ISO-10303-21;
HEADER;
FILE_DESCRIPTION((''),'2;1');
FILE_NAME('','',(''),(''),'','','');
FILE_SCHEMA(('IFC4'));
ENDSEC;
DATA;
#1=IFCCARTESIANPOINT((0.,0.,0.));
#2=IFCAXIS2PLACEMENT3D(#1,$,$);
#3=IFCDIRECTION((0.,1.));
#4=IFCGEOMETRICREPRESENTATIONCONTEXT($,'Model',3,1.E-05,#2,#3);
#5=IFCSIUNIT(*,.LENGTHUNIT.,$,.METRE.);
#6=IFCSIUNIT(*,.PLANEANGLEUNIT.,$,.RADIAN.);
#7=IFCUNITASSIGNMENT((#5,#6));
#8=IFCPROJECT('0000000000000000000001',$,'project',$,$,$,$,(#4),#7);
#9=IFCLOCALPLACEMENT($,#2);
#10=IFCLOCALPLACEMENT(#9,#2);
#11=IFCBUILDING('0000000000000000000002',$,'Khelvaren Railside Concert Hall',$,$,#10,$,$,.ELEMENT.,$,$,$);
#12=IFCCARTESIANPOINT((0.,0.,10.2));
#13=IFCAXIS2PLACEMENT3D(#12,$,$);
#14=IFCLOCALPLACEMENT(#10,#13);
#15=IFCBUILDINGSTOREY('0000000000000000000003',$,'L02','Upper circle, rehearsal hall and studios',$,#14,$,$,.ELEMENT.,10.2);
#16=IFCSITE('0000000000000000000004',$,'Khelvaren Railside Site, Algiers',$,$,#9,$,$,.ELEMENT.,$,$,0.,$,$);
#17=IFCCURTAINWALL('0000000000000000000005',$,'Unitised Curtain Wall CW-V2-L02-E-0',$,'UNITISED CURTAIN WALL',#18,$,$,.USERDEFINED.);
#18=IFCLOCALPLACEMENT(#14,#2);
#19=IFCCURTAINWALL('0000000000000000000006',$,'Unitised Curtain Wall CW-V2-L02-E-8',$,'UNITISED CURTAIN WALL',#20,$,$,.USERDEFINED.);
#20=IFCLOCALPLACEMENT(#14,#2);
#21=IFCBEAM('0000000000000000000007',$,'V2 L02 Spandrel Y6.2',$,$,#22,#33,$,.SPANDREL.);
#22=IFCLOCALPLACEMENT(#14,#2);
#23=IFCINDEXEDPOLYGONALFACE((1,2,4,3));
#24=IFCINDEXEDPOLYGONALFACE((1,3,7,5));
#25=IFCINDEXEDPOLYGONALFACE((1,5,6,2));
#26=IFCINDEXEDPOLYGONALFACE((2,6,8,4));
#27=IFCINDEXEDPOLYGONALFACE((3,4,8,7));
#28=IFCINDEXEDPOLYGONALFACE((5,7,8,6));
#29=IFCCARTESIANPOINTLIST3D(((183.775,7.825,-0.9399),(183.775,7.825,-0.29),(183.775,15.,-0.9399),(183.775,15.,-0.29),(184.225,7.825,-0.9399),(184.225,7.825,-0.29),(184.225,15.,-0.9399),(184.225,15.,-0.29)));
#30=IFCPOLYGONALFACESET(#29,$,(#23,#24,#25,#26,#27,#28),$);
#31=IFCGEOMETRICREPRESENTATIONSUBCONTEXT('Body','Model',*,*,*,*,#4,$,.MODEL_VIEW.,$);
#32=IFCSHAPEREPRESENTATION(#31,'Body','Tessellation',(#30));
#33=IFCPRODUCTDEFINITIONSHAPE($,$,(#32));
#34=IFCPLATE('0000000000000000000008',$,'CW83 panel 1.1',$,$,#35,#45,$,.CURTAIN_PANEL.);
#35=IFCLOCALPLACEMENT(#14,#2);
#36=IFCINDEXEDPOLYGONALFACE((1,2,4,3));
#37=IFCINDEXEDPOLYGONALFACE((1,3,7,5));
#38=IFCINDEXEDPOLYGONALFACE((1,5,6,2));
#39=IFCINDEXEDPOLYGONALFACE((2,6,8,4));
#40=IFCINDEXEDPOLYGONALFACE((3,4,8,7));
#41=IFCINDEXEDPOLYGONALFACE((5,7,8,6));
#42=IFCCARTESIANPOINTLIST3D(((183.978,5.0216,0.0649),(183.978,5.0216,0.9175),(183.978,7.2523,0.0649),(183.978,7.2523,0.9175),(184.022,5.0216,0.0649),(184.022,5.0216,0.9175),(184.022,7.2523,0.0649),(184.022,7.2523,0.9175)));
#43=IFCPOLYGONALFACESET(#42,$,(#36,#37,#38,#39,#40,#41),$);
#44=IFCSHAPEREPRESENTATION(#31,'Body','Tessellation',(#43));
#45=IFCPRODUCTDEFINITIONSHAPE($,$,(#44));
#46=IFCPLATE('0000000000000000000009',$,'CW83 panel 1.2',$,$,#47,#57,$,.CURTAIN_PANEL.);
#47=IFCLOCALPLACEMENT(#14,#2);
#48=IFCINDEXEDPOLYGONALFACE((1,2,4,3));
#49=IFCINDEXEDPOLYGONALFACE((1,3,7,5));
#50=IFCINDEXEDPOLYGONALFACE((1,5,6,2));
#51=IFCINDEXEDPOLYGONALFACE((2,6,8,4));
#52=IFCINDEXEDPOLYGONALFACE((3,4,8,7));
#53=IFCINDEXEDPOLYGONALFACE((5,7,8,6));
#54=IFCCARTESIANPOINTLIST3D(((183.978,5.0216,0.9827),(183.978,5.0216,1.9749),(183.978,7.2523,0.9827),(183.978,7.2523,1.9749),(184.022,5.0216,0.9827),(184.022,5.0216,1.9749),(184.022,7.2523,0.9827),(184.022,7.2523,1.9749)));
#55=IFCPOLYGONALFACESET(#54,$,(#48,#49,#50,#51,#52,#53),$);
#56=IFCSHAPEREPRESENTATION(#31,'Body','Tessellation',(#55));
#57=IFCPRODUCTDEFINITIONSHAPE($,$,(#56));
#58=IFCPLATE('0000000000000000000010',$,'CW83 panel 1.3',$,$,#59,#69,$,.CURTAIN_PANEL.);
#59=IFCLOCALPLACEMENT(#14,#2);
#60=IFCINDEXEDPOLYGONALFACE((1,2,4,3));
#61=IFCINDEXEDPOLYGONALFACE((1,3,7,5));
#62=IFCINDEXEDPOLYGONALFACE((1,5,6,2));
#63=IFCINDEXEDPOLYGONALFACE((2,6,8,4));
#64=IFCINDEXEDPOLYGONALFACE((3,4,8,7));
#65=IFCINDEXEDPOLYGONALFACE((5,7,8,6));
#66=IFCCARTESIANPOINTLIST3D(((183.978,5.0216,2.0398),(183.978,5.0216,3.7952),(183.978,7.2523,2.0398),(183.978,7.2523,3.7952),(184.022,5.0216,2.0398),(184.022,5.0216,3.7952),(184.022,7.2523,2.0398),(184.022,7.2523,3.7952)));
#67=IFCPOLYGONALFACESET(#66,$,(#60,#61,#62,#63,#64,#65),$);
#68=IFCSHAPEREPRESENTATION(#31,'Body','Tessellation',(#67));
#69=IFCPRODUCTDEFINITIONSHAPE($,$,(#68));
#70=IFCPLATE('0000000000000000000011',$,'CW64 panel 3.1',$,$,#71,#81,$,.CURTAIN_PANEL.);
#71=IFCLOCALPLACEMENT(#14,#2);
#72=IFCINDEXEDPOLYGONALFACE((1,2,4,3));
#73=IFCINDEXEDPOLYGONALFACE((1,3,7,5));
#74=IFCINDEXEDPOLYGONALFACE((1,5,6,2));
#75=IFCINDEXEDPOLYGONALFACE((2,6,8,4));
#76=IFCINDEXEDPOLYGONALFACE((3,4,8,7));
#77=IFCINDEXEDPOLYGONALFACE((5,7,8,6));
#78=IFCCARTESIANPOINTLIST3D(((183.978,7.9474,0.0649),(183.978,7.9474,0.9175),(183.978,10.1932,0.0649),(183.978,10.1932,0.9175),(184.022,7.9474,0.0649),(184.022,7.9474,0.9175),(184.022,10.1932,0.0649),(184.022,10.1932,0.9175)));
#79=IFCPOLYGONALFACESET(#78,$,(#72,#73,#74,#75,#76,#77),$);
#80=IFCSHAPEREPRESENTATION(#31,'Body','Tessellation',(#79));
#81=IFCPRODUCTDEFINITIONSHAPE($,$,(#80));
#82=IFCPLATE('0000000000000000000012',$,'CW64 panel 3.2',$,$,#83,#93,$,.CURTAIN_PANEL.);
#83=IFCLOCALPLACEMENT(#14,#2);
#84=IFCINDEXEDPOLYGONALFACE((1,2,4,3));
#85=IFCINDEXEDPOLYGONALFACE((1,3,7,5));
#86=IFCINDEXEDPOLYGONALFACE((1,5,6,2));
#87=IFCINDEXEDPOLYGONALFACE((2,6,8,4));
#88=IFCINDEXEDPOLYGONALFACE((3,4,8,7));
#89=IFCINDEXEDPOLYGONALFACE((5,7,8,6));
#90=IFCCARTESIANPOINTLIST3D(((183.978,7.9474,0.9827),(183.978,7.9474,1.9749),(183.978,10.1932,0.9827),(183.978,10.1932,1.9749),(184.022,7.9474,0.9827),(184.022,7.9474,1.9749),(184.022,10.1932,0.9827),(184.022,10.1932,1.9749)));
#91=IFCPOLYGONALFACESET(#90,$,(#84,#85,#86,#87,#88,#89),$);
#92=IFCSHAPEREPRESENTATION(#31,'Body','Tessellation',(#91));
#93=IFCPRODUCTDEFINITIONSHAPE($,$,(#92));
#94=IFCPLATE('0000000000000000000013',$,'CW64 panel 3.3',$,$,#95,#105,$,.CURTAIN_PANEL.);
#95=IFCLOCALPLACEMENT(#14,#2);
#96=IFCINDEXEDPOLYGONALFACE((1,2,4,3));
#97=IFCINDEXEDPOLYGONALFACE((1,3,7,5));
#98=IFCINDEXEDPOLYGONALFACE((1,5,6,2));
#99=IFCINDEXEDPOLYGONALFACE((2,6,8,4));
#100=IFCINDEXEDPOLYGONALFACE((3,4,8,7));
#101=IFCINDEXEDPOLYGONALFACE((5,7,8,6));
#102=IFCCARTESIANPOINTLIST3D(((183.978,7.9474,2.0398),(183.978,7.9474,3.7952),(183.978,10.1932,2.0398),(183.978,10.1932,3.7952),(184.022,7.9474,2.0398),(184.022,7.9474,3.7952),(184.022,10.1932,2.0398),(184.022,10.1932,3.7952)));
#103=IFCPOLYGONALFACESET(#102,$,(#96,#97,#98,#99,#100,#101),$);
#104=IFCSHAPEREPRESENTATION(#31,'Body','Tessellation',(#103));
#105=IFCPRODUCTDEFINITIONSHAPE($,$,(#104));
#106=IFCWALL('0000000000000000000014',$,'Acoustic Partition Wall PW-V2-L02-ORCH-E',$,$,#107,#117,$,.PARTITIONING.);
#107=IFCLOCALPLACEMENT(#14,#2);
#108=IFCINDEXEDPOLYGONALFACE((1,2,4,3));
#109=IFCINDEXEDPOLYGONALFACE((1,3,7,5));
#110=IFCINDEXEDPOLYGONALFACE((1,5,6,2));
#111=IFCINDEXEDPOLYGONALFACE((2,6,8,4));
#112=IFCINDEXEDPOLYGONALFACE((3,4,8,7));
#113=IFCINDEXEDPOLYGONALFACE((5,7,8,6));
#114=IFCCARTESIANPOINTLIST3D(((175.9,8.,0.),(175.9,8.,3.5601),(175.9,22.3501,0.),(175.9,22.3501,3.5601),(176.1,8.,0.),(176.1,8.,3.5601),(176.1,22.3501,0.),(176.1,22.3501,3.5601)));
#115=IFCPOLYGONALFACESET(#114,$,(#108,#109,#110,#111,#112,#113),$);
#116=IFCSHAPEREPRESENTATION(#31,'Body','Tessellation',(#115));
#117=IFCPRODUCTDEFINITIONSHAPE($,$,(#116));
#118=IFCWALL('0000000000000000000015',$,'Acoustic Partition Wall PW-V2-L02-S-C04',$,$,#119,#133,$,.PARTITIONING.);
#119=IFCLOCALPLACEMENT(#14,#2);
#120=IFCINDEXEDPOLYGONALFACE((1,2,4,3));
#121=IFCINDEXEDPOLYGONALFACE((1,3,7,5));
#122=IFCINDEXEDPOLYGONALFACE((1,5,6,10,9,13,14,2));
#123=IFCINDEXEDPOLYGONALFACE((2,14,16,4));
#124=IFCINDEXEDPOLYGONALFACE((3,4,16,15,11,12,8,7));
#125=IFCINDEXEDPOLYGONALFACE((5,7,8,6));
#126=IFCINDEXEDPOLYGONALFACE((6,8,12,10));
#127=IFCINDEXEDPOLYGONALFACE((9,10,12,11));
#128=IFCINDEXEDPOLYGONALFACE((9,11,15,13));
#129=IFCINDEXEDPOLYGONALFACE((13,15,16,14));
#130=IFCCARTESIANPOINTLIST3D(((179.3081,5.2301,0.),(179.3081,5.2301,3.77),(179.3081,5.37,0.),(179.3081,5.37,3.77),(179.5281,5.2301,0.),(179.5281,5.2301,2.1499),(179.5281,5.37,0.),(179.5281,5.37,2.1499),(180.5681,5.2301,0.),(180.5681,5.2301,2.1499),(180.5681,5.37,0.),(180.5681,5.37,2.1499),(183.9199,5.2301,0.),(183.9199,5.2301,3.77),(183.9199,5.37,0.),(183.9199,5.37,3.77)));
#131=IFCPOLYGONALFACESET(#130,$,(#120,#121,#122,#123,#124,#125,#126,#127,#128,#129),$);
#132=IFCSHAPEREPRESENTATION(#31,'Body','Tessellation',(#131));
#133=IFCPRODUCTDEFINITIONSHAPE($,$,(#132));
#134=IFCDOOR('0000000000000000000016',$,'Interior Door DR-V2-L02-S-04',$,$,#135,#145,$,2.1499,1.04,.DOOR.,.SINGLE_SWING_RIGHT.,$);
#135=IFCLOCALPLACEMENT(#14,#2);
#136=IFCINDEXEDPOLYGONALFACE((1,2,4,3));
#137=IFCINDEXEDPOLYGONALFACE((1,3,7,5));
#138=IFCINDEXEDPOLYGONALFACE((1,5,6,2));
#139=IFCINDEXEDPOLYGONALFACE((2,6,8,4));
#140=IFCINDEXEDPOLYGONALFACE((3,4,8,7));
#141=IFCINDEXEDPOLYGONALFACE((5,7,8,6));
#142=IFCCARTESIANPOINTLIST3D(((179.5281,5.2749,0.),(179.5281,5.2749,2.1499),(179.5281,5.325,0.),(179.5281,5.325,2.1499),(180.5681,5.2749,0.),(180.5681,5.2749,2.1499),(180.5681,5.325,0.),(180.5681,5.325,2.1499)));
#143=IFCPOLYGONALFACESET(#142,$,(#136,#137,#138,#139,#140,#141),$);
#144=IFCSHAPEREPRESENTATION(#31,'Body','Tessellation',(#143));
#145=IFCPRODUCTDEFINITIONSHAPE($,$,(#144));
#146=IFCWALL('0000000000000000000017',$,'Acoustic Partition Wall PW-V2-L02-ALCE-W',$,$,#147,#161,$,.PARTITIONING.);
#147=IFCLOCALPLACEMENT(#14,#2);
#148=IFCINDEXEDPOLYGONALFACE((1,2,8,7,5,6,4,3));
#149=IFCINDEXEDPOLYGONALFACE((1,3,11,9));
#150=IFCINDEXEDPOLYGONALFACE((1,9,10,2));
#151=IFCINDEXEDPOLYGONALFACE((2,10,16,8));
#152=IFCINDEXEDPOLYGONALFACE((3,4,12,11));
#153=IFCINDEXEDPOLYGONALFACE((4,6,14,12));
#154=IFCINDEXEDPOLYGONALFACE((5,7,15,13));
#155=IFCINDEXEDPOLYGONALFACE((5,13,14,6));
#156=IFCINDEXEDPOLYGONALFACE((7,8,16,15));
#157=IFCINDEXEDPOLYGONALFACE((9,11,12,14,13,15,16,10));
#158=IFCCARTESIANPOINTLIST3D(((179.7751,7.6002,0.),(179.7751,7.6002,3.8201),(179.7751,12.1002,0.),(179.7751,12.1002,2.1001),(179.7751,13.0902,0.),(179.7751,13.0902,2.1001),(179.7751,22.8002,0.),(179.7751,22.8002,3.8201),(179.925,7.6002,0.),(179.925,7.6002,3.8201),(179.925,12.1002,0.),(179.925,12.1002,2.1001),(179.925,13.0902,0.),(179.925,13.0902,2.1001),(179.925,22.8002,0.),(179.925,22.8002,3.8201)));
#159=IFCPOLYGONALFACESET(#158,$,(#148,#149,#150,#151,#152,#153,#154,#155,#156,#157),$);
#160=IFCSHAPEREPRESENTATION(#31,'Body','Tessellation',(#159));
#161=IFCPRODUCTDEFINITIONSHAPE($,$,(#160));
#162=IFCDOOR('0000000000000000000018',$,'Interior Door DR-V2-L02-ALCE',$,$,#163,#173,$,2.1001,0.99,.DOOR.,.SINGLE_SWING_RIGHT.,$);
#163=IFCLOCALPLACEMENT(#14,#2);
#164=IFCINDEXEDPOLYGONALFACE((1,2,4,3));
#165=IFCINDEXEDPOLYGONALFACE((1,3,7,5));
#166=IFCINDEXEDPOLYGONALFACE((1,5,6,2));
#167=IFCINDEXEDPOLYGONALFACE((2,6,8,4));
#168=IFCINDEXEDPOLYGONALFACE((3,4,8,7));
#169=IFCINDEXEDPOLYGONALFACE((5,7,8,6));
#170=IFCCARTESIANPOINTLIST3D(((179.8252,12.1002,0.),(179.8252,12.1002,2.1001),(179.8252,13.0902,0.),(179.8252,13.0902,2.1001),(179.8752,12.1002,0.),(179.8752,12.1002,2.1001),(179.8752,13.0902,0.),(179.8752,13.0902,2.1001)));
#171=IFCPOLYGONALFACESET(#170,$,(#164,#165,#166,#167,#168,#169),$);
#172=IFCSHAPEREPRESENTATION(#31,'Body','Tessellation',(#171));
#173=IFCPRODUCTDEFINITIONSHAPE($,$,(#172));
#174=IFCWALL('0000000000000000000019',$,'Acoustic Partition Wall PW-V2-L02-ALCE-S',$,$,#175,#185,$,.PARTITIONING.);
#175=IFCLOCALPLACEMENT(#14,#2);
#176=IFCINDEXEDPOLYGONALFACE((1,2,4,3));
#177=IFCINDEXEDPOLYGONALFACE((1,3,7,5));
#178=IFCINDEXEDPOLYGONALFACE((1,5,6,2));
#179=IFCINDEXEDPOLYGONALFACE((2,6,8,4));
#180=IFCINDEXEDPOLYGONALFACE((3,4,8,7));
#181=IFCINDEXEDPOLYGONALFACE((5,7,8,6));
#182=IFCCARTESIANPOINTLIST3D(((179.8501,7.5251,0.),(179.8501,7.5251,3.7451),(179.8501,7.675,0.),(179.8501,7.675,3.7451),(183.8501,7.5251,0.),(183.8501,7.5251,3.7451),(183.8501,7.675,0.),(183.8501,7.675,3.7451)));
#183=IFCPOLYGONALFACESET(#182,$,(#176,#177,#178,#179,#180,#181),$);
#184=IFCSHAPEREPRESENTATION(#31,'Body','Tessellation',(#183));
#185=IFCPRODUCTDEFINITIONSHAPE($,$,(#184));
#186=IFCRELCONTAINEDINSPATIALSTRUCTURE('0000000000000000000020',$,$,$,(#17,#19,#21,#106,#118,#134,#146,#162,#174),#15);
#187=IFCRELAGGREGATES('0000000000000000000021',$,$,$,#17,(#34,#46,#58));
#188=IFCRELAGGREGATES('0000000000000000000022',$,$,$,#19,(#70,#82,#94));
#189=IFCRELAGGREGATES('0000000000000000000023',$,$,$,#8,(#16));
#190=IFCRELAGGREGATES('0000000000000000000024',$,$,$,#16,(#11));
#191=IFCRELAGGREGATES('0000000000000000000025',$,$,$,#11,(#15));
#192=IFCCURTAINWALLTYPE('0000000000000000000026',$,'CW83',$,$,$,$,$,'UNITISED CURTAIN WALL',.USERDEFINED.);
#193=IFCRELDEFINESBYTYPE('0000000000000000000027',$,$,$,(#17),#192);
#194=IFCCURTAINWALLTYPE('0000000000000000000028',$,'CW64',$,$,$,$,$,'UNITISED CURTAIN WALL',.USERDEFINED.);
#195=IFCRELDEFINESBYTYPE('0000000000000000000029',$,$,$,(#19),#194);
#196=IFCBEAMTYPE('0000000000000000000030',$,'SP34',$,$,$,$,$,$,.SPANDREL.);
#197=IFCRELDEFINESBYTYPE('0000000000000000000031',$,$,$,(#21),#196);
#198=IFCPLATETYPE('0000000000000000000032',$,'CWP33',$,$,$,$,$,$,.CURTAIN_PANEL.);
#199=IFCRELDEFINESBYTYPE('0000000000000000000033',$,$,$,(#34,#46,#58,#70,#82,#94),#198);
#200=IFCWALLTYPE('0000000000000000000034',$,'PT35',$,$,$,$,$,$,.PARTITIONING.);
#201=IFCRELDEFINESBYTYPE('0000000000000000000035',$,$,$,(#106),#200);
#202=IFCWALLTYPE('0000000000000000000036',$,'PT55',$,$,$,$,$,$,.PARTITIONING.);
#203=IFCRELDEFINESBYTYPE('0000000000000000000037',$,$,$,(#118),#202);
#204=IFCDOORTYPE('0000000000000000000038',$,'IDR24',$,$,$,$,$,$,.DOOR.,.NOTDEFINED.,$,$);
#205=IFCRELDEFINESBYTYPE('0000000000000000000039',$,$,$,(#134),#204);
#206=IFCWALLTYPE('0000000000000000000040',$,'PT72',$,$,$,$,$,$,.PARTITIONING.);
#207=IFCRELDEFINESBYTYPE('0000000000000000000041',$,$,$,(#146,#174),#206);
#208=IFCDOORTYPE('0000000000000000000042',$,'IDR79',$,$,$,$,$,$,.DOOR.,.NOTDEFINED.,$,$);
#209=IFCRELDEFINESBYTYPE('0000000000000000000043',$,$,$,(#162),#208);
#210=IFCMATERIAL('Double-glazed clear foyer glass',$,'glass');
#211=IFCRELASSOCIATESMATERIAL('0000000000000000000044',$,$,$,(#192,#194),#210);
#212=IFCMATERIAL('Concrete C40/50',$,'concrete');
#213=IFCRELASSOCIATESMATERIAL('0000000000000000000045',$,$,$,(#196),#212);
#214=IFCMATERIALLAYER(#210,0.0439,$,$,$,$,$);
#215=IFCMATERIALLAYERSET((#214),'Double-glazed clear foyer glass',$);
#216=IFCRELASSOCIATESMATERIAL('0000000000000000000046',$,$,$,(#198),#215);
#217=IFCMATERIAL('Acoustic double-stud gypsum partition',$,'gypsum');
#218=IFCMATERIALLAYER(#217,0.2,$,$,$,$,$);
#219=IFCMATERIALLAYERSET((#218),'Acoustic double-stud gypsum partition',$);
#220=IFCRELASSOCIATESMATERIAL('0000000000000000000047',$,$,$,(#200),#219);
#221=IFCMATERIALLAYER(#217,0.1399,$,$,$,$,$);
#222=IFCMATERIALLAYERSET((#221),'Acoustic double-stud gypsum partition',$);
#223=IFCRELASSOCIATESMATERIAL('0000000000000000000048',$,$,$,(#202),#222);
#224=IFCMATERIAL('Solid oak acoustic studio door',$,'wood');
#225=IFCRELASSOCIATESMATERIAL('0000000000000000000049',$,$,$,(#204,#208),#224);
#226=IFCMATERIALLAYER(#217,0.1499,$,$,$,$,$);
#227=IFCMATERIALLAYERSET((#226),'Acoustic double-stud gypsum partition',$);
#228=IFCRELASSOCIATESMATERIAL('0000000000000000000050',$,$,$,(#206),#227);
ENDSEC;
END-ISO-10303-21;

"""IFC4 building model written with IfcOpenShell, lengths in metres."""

from ifc_helpers import new_model, si_unit, direction, frame, frame_2d, origin, origin_2d, place, context, subcontext, project, spatial, rectangle, extrude, material, layer, layer_set, material_profile, profile_set, type_object, element, fill, aggregate, save


model = new_model("IFC4")

# Units and contexts
model_context = context("Model", 3, precision=1e-05, world=origin(), true_north=direction((0.0, 1.0)))
body_context = subcontext(model_context, "Body", "Model", "MODEL_VIEW")
ifc_project = project(units=[si_unit("LENGTHUNIT", "METRE"), si_unit("PLANEANGLEUNIT", "RADIAN")], contexts=[model_context])

# Site, building, storey
site_placement = place(None, origin())
site = spatial("IfcSite", under=ifc_project, at=site_placement, Name="Khelvaren Railside Site, Algiers", CompositionType="ELEMENT", RefElevation=0.0)
building_placement = place(site_placement, origin())
building = spatial("IfcBuilding", under=site, at=building_placement, Name="Khelvaren Railside Concert Hall", CompositionType="ELEMENT")
storey_placement = place(building_placement, frame((0.0, 0.0, 10.2)))
storey = spatial("IfcBuildingStorey", under=building, at=storey_placement, Name="L02", Description="Upper circle, rehearsal hall and studios", CompositionType="ELEMENT", Elevation=10.2)

# Curtain wall
ifc_material_1 = material(Name="Double-glazed clear foyer glass", Category="glass")
curtain_wall_type_1 = type_object("IfcCurtainWallType", Name="CW83", ElementType="UNITISED CURTAIN WALL", PredefinedType="USERDEFINED", material=ifc_material_1)
curtain_wall_1_placement = place(storey_placement, origin())
curtain_wall_1 = element("IfcCurtainWall", 1, at=curtain_wall_1_placement, inside=storey, type_object=curtain_wall_type_1, Name="Unitised Curtain Wall CW-V2-L02-E-0", ObjectType="UNITISED CURTAIN WALL", PredefinedType="USERDEFINED")

# Curtain wall
curtain_wall_type_2 = type_object("IfcCurtainWallType", Name="CW64", ElementType="UNITISED CURTAIN WALL", PredefinedType="USERDEFINED", material=ifc_material_1)
curtain_wall_2_placement = place(storey_placement, origin())
curtain_wall_2 = element("IfcCurtainWall", 2, at=curtain_wall_2_placement, inside=storey, type_object=curtain_wall_type_2, Name="Unitised Curtain Wall CW-V2-L02-E-8", ObjectType="UNITISED CURTAIN WALL", PredefinedType="USERDEFINED")

# Beam
ifc_material_2 = material(Name="Concrete C40/50", Category="concrete")
ifc_material_profile_1 = material_profile(ifc_material_2, rectangle(XDim=0.45, YDim=0.6499, at=origin_2d()), Name="RCB 450x650")
ifc_profile_set_1 = profile_set([ifc_material_profile_1], Name="Concrete C40/50")
beam_type_1 = type_object("IfcBeamType", Name="SP34", PredefinedType="SPANDREL", material=ifc_profile_set_1)
beam_1_placement = place(storey_placement, frame((184.0, 7.825, -0.615), z_axis=(0.0, 1.0, 0.0), x_axis=(-1.0, 0.0, 0.0)))
element("IfcBeam", 3, at=beam_1_placement, inside=storey, type_object=beam_type_1, Name="V2 L02 Spandrel Y6.2", PredefinedType="SPANDREL", context=body_context, shape_type="SweptSolid", body=[
    extrude(rectangle(XDim=0.45, YDim=0.6499, at=origin_2d()), origin(), (0.0, 0.0, 1.0), 7.175),
])

# Plates
ifc_layer_1 = layer(ifc_material_1, 0.0439)
ifc_layer_set_1 = layer_set([ifc_layer_1], Name="Double-glazed clear foyer glass")
plate_type = type_object("IfcPlateType", Name="CWP33", PredefinedType="CURTAIN_PANEL", material=ifc_layer_set_1)
plate_1_placement = place(storey_placement, frame((184.0, 6.137, 0.0649), z_axis=(0.0, 0.0, 1.0), x_axis=(0.0, -1.0, 0.0)))
plate_1 = element("IfcPlate", 4, at=plate_1_placement, type_object=plate_type, Name="CW83 panel 1.1", PredefinedType="CURTAIN_PANEL", context=body_context, shape_type="SweptSolid", body=[
    extrude(rectangle(XDim=2.2307, YDim=0.0439, at=origin_2d()), origin(), (0.0, 0.0, 1.0), 0.8525),
])
plate_2_placement = place(storey_placement, frame((184.0, 6.137, 0.9827), z_axis=(0.0, 0.0, 1.0), x_axis=(0.0, -1.0, 0.0)))
plate_2 = element("IfcPlate", 5, at=plate_2_placement, type_object=plate_type, Name="CW83 panel 1.2", PredefinedType="CURTAIN_PANEL", context=body_context, shape_type="SweptSolid", body=[
    extrude(rectangle(XDim=2.2307, YDim=0.0439, at=origin_2d()), origin(), (0.0, 0.0, 1.0), 0.9922),
])
plate_3_placement = place(storey_placement, frame((184.0, 6.137, 2.0398), z_axis=(0.0, 0.0, 1.0), x_axis=(0.0, -1.0, 0.0)))
plate_3 = element("IfcPlate", 6, at=plate_3_placement, type_object=plate_type, Name="CW83 panel 1.3", PredefinedType="CURTAIN_PANEL", context=body_context, shape_type="SweptSolid", body=[
    extrude(rectangle(XDim=2.2307, YDim=0.0439, at=origin_2d()), origin(), (0.0, 0.0, 1.0), 1.7554),
])
aggregate(curtain_wall_1, [plate_1, plate_2, plate_3])
plate_4_placement = place(storey_placement, frame((184.0, 9.0703, 0.0649), z_axis=(0.0, 0.0, 1.0), x_axis=(0.0, -1.0, 0.0)))
plate_4 = element("IfcPlate", 7, at=plate_4_placement, type_object=plate_type, Name="CW64 panel 3.1", PredefinedType="CURTAIN_PANEL", context=body_context, shape_type="SweptSolid", body=[
    extrude(rectangle(XDim=2.2458, YDim=0.0439, at=origin_2d()), origin(), (0.0, 0.0, 1.0), 0.8525),
])
plate_5_placement = place(storey_placement, frame((184.0, 9.0703, 0.9827), z_axis=(0.0, 0.0, 1.0), x_axis=(0.0, -1.0, 0.0)))
plate_5 = element("IfcPlate", 8, at=plate_5_placement, type_object=plate_type, Name="CW64 panel 3.2", PredefinedType="CURTAIN_PANEL", context=body_context, shape_type="SweptSolid", body=[
    extrude(rectangle(XDim=2.2458, YDim=0.0439, at=origin_2d()), origin(), (0.0, 0.0, 1.0), 0.9922),
])
plate_6_placement = place(storey_placement, frame((184.0, 9.0703, 2.0398), z_axis=(0.0, 0.0, 1.0), x_axis=(0.0, -1.0, 0.0)))
plate_6 = element("IfcPlate", 9, at=plate_6_placement, type_object=plate_type, Name="CW64 panel 3.3", PredefinedType="CURTAIN_PANEL", context=body_context, shape_type="SweptSolid", body=[
    extrude(rectangle(XDim=2.2458, YDim=0.0439, at=origin_2d()), origin(), (0.0, 0.0, 1.0), 1.7554),
])
aggregate(curtain_wall_2, [plate_4, plate_5, plate_6])

# Wall
ifc_material_3 = material(Name="Acoustic double-stud gypsum partition", Category="gypsum")
ifc_layer_2 = layer(ifc_material_3, 0.2)
ifc_layer_set_2 = layer_set([ifc_layer_2], Name="Acoustic double-stud gypsum partition")
wall_type_1 = type_object("IfcWallType", Name="PT35", PredefinedType="PARTITIONING", material=ifc_layer_set_2)
wall_1_placement = place(storey_placement, frame((176.0, 8.0, 0.0), z_axis=(0.0, 0.0, 1.0), x_axis=(0.0, 1.0, 0.0)))
element("IfcWall", 10, at=wall_1_placement, inside=storey, type_object=wall_type_1, Name="Acoustic Partition Wall PW-V2-L02-ORCH-E", PredefinedType="PARTITIONING", context=body_context, shape_type="SweptSolid", body=[
    extrude(rectangle(XDim=14.3501, YDim=0.2, at=frame_2d((7.175, 0.0))), origin(), (0.0, 0.0, 1.0), 3.5601),
])

# Walls, openings, doors
ifc_layer_3 = layer(ifc_material_3, 0.1399)
ifc_layer_set_3 = layer_set([ifc_layer_3], Name="Acoustic double-stud gypsum partition")
wall_type_2 = type_object("IfcWallType", Name="PT55", PredefinedType="PARTITIONING", material=ifc_layer_set_3)
wall_2_placement = place(storey_placement, frame((179.3081, 5.3, 0.0), z_axis=(0.0, 0.0, 1.0), x_axis=(1.0, 0.0, 0.0)))
wall_2 = element("IfcWall", 11, at=wall_2_placement, inside=storey, type_object=wall_type_2, Name="Acoustic Partition Wall PW-V2-L02-S-C04", PredefinedType="PARTITIONING", context=body_context, shape_type="SweptSolid", body=[
    extrude(rectangle(XDim=4.6118, YDim=0.1399, at=frame_2d((2.3059, 0.0))), origin(), (0.0, 0.0, 1.0), 3.77),
])
opening_1_placement = place(wall_2_placement, frame((0.22, 0.0, 0.0)))
opening_1 = element("IfcOpeningElement", 12, at=opening_1_placement, cuts=wall_2, PredefinedType="OPENING", context=body_context, shape_type="SweptSolid", body=[
    extrude(rectangle(XDim=1.04, YDim=2.1499, at=frame_2d((0.52, 1.075))), frame((0.0, 0.0798, 0.0), z_axis=(0.0, -1.0, 0.0), x_axis=(1.0, 0.0, 0.0)), (0.0, 0.0, 1.0), 0.1599),
])
ifc_material_4 = material(Name="Solid oak acoustic studio door", Category="wood")
door_type_1 = type_object("IfcDoorType", Name="IDR24", OperationType="NOTDEFINED", PredefinedType="DOOR", material=ifc_material_4)
door_1_placement = place(opening_1_placement, origin())
door_1 = element("IfcDoor", 13, at=door_1_placement, inside=storey, type_object=door_type_1, Name="Interior Door DR-V2-L02-S-04", OperationType="SINGLE_SWING_RIGHT", OverallHeight=2.1499, OverallWidth=1.04, PredefinedType="DOOR", context=body_context, shape_type="SweptSolid", body=[
    extrude(rectangle(XDim=1.04, YDim=2.1499, at=frame_2d((0.52, 1.075))), frame((0.0, 0.0249, 0.0), z_axis=(0.0, -1.0, 0.0), x_axis=(1.0, 0.0, 0.0)), (0.0, 0.0, 1.0), 0.05),
])
fill(opening_1, door_1)
ifc_layer_4 = layer(ifc_material_3, 0.1499)
ifc_layer_set_4 = layer_set([ifc_layer_4], Name="Acoustic double-stud gypsum partition")
wall_type_3 = type_object("IfcWallType", Name="PT72", PredefinedType="PARTITIONING", material=ifc_layer_set_4)
wall_3_placement = place(storey_placement, frame((179.8501, 7.6001, 0.0), z_axis=(0.0, 0.0, 1.0), x_axis=(0.0, 1.0, 0.0)))
wall_3 = element("IfcWall", 14, at=wall_3_placement, inside=storey, type_object=wall_type_3, Name="Acoustic Partition Wall PW-V2-L02-ALCE-W", PredefinedType="PARTITIONING", context=body_context, shape_type="SweptSolid", body=[
    extrude(rectangle(XDim=15.2, YDim=0.1499, at=frame_2d((7.6001, 0.0))), origin(), (0.0, 0.0, 1.0), 3.8201),
])
opening_2_placement = place(wall_3_placement, frame((4.5, 0.0, 0.0)))
opening_2 = element("IfcOpeningElement", 15, at=opening_2_placement, cuts=wall_3, PredefinedType="OPENING", context=body_context, shape_type="SweptSolid", body=[
    extrude(rectangle(XDim=0.99, YDim=2.1001, at=frame_2d((0.4951, 1.05))), frame((0.0, 0.085, 0.0), z_axis=(0.0, -1.0, 0.0), x_axis=(1.0, 0.0, 0.0)), (0.0, 0.0, 1.0), 0.1699),
])
door_type_2 = type_object("IfcDoorType", Name="IDR79", OperationType="NOTDEFINED", PredefinedType="DOOR", material=ifc_material_4)
door_2_placement = place(opening_2_placement, origin())
door_2 = element("IfcDoor", 16, at=door_2_placement, inside=storey, type_object=door_type_2, Name="Interior Door DR-V2-L02-ALCE", OperationType="SINGLE_SWING_RIGHT", OverallHeight=2.1001, OverallWidth=0.99, PredefinedType="DOOR", context=body_context, shape_type="SweptSolid", body=[
    extrude(rectangle(XDim=0.99, YDim=2.1001, at=frame_2d((0.4951, 1.05))), frame((0.0, 0.0249, 0.0), z_axis=(0.0, -1.0, 0.0), x_axis=(1.0, 0.0, 0.0)), (0.0, 0.0, 1.0), 0.05),
])
fill(opening_2, door_2)

# Wall
wall_4_placement = place(storey_placement, frame((179.8501, 7.6001, 0.0), z_axis=(0.0, 0.0, 1.0), x_axis=(1.0, 0.0, 0.0)))
element("IfcWall", 17, at=wall_4_placement, inside=storey, type_object=wall_type_3, Name="Acoustic Partition Wall PW-V2-L02-ALCE-S", PredefinedType="PARTITIONING", context=body_context, shape_type="SweptSolid", body=[
    extrude(rectangle(XDim=4.0, YDim=0.1499, at=frame_2d((2.0, 0.0))), origin(), (0.0, 0.0, 1.0), 3.7451),
])

save(model, "model.ifc")
